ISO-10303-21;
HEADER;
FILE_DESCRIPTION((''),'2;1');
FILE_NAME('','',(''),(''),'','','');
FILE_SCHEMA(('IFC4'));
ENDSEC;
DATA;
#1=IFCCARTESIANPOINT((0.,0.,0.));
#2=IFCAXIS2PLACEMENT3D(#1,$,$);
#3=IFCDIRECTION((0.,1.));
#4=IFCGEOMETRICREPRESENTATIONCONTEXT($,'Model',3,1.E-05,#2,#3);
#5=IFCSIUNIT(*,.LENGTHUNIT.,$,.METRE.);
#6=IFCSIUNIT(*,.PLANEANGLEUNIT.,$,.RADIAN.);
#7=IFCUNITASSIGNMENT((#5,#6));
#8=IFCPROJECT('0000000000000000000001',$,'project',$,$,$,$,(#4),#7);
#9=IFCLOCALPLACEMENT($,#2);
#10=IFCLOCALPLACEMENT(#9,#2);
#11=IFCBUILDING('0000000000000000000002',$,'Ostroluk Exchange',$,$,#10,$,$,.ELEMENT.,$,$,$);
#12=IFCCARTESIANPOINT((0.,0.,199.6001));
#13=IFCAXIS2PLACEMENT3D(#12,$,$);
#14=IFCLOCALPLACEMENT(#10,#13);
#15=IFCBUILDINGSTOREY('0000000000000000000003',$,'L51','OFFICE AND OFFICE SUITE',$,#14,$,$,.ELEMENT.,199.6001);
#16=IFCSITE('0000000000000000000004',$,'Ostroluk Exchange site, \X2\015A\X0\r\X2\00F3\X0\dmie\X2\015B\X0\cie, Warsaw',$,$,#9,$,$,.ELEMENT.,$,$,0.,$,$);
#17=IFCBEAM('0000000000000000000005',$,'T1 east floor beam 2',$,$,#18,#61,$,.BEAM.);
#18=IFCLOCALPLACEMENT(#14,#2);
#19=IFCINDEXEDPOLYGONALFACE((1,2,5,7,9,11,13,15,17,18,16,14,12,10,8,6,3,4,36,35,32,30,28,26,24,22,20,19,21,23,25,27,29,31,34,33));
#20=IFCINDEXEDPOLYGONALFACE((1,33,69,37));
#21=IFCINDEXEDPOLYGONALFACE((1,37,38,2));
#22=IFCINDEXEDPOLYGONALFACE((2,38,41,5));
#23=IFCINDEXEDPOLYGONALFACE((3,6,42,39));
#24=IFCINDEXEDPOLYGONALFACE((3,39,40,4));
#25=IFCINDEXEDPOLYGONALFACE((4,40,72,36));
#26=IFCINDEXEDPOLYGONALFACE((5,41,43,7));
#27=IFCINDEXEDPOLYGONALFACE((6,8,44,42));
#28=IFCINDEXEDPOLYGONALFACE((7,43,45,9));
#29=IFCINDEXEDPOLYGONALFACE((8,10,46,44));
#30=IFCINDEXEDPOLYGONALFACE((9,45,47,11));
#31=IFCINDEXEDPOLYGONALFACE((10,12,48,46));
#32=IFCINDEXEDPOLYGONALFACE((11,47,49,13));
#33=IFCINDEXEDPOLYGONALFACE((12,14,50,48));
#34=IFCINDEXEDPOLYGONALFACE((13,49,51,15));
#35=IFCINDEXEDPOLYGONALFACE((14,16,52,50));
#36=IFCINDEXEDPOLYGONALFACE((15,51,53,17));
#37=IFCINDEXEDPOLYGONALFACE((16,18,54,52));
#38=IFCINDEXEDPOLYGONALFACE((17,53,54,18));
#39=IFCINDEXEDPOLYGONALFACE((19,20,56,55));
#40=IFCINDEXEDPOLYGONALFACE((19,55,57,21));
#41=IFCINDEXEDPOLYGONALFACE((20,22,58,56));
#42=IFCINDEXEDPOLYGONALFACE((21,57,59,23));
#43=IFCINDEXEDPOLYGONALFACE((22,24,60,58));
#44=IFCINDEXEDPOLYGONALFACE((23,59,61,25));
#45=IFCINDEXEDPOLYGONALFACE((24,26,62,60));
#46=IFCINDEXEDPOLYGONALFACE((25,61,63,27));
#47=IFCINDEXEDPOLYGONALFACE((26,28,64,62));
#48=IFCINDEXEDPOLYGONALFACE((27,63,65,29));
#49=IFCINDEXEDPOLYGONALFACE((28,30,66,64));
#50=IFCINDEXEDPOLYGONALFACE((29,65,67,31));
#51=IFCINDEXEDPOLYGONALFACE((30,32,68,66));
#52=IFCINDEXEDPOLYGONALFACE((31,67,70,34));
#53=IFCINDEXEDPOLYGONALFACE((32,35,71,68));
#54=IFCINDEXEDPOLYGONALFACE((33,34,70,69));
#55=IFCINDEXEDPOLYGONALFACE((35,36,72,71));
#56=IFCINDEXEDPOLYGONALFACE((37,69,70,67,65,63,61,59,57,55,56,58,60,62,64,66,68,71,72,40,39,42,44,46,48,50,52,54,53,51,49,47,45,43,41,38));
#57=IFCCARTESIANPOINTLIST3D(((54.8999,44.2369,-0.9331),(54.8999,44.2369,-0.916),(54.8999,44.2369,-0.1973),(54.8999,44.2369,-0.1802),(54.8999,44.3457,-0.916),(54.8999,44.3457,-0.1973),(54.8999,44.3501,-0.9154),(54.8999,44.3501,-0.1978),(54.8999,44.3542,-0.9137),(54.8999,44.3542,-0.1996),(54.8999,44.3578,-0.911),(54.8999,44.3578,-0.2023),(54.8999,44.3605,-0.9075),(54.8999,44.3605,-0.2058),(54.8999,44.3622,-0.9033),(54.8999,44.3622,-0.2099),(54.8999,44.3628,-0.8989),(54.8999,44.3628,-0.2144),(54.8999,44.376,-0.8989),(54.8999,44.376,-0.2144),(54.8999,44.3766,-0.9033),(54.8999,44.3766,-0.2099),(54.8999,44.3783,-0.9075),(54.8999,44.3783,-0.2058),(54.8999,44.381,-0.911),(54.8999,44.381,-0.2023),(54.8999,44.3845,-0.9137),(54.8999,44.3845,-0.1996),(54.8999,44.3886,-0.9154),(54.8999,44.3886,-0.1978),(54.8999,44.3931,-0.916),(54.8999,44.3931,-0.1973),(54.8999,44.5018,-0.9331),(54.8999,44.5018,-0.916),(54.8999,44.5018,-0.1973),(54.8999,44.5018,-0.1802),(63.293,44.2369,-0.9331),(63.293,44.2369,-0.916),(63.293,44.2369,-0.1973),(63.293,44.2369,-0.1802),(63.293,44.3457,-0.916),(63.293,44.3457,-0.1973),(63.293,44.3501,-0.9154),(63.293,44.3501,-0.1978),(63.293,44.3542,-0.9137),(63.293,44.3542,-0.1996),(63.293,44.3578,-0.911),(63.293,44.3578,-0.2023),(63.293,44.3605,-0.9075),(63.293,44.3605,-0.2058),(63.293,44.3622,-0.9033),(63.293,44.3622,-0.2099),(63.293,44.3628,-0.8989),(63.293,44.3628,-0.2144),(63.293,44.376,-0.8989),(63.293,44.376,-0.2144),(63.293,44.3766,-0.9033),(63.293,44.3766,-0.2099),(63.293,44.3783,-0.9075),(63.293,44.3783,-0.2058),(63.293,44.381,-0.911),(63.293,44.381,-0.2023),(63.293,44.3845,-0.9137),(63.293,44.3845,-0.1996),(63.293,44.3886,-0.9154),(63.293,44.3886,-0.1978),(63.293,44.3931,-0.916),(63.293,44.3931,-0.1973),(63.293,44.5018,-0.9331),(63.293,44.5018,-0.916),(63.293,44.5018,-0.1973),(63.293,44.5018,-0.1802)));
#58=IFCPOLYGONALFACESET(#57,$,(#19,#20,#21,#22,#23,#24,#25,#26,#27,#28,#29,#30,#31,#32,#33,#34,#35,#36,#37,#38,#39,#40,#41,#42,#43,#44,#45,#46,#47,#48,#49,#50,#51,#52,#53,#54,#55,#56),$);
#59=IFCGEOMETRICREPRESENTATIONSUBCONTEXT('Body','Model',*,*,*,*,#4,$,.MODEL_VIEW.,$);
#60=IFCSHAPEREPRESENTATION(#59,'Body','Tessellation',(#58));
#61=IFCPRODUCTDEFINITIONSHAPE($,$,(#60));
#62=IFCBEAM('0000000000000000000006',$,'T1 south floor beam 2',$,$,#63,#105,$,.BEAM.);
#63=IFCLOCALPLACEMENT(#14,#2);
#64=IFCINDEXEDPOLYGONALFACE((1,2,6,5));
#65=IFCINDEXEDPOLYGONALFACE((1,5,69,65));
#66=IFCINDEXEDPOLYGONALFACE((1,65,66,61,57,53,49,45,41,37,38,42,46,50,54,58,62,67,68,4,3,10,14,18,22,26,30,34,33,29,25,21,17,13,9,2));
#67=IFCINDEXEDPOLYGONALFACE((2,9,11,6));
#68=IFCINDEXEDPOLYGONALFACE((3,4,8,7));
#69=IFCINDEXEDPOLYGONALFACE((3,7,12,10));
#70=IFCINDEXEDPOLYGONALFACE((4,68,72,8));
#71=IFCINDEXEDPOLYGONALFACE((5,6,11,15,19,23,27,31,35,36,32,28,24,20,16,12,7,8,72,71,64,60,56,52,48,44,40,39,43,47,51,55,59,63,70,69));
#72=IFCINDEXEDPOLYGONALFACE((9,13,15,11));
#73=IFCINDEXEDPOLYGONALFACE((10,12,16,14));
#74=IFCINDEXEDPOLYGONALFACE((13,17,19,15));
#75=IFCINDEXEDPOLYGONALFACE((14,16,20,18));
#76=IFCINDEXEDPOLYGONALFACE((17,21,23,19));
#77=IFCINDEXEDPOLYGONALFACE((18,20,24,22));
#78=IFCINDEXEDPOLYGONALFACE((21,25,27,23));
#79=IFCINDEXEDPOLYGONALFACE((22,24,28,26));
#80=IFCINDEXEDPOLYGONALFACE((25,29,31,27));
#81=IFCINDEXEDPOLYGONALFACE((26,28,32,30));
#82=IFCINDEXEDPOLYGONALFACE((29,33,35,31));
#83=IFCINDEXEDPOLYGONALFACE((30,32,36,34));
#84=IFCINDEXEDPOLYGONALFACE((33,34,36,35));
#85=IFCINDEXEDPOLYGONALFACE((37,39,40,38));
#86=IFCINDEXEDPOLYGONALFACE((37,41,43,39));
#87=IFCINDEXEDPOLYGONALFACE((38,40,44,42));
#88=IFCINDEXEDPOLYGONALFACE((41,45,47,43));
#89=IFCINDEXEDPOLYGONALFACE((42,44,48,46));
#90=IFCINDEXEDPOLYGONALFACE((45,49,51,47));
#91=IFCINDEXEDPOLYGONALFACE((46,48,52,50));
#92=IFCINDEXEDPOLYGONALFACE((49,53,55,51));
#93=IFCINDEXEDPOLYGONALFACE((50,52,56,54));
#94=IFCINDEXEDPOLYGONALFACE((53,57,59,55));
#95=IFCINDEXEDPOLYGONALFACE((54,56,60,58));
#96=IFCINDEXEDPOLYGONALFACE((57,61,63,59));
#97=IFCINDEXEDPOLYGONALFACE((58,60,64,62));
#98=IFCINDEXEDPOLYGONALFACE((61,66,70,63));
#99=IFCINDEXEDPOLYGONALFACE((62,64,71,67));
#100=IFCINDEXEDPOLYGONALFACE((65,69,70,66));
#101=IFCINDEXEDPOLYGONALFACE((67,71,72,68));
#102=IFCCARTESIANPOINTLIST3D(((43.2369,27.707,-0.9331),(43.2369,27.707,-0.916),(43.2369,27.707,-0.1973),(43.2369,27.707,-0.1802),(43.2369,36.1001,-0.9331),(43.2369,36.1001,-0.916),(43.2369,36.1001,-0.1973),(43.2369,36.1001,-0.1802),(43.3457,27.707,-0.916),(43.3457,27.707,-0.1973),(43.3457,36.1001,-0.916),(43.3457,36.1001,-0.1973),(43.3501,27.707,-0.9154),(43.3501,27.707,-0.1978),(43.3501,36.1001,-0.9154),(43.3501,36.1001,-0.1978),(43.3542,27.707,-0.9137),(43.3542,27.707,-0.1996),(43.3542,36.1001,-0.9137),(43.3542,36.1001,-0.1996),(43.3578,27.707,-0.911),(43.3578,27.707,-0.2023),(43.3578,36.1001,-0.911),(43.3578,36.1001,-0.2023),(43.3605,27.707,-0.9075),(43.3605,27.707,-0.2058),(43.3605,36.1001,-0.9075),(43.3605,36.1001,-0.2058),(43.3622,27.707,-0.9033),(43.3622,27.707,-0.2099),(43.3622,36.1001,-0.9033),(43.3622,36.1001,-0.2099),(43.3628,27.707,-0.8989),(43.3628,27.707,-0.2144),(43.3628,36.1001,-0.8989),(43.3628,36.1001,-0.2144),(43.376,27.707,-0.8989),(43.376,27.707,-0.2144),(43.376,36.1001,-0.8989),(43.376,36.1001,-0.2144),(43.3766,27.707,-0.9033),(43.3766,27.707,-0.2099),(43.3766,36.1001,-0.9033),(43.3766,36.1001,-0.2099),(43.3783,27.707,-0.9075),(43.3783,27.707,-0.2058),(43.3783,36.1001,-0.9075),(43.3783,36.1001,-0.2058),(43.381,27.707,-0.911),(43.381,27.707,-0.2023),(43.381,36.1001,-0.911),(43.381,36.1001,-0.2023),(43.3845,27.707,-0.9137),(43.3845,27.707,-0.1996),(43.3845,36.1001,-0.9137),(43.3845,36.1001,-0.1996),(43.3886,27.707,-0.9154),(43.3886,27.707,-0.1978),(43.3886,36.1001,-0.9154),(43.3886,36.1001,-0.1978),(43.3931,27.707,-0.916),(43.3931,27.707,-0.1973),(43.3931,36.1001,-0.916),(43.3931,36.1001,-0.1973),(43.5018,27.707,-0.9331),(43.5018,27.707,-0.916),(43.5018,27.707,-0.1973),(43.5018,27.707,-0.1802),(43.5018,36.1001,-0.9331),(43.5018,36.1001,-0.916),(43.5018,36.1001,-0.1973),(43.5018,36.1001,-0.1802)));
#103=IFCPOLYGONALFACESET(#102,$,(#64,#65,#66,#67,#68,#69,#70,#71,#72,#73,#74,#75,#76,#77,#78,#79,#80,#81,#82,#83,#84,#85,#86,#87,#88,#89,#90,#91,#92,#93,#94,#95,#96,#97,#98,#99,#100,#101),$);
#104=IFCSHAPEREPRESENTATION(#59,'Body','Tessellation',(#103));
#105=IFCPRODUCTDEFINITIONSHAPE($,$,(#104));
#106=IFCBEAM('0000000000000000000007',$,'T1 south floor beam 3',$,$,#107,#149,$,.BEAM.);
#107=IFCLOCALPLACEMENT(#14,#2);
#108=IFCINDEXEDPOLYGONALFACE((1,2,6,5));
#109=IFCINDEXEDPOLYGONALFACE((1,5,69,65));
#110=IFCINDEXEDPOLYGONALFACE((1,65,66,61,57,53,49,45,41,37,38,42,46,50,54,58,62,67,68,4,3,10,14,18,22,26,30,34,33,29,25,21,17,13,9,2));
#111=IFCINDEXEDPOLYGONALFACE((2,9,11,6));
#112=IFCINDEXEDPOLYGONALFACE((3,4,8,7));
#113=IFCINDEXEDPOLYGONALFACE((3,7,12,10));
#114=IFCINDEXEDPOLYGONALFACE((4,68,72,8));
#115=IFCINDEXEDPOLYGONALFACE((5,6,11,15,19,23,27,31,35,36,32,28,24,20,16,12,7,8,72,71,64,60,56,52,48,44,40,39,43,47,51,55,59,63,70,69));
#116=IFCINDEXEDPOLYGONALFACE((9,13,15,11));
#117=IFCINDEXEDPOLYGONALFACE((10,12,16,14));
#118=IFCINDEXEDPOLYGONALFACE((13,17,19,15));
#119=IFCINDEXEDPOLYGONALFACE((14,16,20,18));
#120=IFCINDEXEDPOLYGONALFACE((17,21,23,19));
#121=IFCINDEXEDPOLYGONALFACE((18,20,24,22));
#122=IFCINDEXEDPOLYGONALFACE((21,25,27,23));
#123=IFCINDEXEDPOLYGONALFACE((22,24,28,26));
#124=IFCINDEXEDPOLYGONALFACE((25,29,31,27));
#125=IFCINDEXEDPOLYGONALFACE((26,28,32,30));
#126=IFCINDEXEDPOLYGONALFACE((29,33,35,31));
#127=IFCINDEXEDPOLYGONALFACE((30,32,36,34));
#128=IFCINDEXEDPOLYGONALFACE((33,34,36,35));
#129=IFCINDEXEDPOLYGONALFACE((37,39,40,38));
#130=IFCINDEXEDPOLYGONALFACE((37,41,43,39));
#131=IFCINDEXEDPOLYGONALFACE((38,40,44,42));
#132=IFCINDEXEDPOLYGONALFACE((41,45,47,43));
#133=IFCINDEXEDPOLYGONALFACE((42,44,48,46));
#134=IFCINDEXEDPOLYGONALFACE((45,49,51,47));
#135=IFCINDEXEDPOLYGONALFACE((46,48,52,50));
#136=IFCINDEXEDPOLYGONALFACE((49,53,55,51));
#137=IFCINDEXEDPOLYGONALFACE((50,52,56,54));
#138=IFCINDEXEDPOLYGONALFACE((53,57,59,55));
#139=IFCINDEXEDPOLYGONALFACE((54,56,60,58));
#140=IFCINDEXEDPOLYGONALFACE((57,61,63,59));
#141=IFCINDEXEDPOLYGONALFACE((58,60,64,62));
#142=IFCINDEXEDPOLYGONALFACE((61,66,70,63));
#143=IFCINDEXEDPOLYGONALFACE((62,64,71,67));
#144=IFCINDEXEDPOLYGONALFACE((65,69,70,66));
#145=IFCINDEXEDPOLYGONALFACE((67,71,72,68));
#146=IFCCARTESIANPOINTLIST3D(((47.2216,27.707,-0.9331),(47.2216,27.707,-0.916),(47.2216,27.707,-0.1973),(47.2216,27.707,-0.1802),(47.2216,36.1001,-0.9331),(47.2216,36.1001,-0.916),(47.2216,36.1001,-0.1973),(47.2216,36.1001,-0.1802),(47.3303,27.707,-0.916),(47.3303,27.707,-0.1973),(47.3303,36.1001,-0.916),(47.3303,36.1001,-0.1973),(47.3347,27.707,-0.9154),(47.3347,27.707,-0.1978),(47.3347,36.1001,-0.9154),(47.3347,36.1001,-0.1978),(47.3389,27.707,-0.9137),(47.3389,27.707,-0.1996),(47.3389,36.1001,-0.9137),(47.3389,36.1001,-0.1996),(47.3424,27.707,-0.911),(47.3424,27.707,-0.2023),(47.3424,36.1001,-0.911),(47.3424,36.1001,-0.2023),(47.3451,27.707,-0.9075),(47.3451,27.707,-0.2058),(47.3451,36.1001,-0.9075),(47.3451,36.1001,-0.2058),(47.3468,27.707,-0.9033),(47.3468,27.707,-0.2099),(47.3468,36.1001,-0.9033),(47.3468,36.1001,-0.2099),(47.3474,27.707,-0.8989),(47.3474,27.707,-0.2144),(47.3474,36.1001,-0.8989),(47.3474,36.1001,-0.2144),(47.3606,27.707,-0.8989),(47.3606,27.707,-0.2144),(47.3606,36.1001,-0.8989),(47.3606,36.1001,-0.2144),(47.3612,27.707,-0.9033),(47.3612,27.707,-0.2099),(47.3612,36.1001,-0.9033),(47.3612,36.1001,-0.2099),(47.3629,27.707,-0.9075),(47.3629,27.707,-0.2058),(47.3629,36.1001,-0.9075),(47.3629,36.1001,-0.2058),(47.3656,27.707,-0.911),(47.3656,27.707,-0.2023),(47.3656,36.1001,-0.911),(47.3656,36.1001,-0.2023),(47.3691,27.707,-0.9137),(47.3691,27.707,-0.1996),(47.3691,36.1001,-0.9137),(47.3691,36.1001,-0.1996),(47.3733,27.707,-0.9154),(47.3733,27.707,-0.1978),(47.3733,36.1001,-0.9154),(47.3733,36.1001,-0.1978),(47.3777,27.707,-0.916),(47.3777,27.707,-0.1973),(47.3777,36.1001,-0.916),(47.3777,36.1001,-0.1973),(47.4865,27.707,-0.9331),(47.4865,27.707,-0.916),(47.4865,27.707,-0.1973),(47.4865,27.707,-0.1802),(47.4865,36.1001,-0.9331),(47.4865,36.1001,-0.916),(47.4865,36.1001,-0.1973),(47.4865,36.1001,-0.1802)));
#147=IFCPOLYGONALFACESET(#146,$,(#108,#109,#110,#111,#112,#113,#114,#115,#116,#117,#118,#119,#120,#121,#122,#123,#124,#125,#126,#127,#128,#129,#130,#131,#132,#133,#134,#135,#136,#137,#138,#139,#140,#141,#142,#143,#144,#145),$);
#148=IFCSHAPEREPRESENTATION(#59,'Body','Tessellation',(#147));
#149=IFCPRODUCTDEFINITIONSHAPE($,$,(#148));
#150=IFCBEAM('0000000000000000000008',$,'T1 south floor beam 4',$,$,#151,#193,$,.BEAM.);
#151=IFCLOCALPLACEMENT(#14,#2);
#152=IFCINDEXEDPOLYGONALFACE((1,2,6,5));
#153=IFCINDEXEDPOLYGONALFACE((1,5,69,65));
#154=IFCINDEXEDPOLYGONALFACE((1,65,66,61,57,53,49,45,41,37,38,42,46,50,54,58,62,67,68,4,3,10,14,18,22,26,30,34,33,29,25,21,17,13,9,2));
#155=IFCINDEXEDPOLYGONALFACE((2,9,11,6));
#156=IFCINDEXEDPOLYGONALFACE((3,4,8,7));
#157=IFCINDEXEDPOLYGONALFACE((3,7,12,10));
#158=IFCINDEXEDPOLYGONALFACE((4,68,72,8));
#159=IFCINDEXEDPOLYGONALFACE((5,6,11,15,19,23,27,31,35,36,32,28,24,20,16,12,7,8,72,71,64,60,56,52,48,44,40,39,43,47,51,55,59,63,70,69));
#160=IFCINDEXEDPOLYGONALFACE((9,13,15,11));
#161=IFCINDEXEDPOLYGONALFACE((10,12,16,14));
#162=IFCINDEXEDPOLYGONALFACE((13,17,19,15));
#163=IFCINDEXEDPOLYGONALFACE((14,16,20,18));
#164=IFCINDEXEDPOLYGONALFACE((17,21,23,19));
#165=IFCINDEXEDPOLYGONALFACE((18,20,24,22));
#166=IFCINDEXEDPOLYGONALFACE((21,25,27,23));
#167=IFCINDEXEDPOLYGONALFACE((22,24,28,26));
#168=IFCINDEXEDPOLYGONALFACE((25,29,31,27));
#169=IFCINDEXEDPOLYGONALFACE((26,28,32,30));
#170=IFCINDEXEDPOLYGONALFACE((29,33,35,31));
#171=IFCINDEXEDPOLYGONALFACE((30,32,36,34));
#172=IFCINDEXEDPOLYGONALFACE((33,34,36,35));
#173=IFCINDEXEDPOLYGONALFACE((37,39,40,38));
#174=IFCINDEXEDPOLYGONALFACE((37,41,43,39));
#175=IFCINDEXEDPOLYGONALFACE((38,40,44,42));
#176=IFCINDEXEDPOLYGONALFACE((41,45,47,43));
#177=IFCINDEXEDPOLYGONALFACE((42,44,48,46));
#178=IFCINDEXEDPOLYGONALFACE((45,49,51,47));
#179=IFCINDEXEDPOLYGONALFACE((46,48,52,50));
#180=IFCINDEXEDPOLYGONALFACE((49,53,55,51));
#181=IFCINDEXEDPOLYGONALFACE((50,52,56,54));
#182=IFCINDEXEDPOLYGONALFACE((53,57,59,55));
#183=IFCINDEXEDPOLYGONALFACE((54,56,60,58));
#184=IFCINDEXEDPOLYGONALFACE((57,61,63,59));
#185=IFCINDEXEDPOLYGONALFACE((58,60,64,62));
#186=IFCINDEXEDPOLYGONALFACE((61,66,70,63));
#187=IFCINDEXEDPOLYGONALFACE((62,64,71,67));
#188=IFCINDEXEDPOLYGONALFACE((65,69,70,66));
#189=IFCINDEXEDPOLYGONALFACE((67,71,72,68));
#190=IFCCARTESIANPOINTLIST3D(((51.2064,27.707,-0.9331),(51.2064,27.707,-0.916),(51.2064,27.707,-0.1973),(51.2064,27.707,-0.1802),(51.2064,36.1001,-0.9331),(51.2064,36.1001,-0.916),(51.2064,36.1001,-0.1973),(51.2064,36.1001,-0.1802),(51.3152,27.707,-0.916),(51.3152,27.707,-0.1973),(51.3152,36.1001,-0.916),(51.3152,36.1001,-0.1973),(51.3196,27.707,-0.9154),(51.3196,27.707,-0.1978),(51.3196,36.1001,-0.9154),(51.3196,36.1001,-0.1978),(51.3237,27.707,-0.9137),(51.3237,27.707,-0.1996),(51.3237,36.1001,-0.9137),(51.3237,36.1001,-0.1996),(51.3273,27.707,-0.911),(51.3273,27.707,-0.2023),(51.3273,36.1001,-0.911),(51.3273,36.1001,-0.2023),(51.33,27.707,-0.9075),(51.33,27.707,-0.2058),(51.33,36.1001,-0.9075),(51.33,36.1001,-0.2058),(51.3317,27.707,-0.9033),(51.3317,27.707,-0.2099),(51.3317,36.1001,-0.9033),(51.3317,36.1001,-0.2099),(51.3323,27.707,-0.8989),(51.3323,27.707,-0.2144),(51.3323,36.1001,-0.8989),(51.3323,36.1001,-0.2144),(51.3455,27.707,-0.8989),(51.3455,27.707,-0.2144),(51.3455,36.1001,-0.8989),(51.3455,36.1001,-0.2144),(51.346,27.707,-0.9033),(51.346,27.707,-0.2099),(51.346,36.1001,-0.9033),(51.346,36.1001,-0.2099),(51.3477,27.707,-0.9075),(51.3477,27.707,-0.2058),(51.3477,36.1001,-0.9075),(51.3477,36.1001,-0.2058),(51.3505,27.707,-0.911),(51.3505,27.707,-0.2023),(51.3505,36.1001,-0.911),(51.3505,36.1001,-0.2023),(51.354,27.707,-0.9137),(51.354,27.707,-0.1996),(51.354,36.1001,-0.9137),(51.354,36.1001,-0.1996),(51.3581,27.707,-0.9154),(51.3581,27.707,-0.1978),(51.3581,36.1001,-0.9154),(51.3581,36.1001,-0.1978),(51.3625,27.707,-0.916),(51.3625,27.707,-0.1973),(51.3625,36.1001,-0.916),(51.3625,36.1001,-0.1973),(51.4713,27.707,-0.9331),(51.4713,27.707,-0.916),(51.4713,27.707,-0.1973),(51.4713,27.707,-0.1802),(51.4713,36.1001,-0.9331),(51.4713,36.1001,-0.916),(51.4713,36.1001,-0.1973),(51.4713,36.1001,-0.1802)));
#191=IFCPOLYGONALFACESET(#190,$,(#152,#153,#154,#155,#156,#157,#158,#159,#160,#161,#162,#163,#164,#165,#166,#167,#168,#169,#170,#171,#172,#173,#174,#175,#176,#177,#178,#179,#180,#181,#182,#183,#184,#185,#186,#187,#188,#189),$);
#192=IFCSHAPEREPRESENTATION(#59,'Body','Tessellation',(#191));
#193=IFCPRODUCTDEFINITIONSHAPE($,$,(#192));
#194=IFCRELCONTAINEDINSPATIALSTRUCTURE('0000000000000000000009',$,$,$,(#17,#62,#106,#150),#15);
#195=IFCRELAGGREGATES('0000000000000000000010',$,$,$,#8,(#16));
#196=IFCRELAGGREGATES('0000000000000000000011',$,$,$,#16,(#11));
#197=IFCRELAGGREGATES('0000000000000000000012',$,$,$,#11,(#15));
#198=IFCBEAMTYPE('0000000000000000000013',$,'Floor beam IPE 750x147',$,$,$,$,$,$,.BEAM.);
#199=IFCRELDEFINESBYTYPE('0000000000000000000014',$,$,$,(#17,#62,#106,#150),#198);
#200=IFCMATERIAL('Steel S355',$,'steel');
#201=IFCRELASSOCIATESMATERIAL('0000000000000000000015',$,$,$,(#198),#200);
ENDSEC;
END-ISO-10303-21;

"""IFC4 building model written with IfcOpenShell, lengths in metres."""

from ifc_helpers import new_model, si_unit, direction, frame, origin, origin_2d, place, context, subcontext, project, spatial, i_section, extrude, material, material_profile, profile_set, type_object, element, save


model = new_model("IFC4")

# Units and contexts
model_context = context("Model", 3, precision=1e-05, world=origin(), true_north=direction((0.0, 1.0)))
body_context = subcontext(model_context, "Body", "Model", "MODEL_VIEW")
ifc_project = project(units=[si_unit("LENGTHUNIT", "METRE"), si_unit("PLANEANGLEUNIT", "RADIAN")], contexts=[model_context])

# Site, building, storey
site_placement = place(None, origin())
site = spatial("IfcSite", under=ifc_project, at=site_placement, Name="Ostroluk Exchange site, Śródmieście, Warsaw", CompositionType="ELEMENT", RefElevation=0.0)
building_placement = place(site_placement, origin())
building = spatial("IfcBuilding", under=site, at=building_placement, Name="Ostroluk Exchange", CompositionType="ELEMENT")
storey_placement = place(building_placement, frame((0.0, 0.0, 199.6001)))
storey = spatial("IfcBuildingStorey", under=building, at=storey_placement, Name="L51", Description="OFFICE AND OFFICE SUITE", CompositionType="ELEMENT", Elevation=199.6001)

# Beams
ifc_material_1 = material(Name="Steel S355", Category="steel")
ifc_material_profile_1 = material_profile(ifc_material_1, i_section(OverallWidth=0.2649, OverallDepth=0.7529, WebThickness=0.0132, FlangeThickness=0.0171, FilletRadius=0.0171, at=origin_2d()), Name="IPE 750x147")
ifc_profile_set_1 = profile_set([ifc_material_profile_1], Name="Steel S355")
beam_type_1 = type_object("IfcBeamType", Name="Floor beam IPE 750x147", PredefinedType="BEAM", material=ifc_profile_set_1)
for number, where, z_axis, x_axis, name in (
    (1, (54.8999, 44.3694, -0.5566), (1.0, 0.0, 0.0), (0.0, 1.0, 0.0), "T1 east floor beam 2"),
    (2, (43.3694, 36.1001, -0.5566), (0.0, -1.0, 0.0), (1.0, 0.0, 0.0), "T1 south floor beam 2"),
    (3, (47.354, 36.1001, -0.5566), (0.0, -1.0, 0.0), (1.0, 0.0, 0.0), "T1 south floor beam 3"),
    (4, (51.3389, 36.1001, -0.5566), (0.0, -1.0, 0.0), (1.0, 0.0, 0.0), "T1 south floor beam 4"),
):
    element("IfcBeam", number, at=place(storey_placement, frame(where, z_axis=z_axis, x_axis=x_axis)), inside=storey, type_object=beam_type_1, Name=name, PredefinedType="BEAM", context=body_context, shape_type="SweptSolid", body=[
        extrude(i_section(OverallWidth=0.2649, OverallDepth=0.7529, WebThickness=0.0132, FlangeThickness=0.0171, FilletRadius=0.0171, at=origin_2d()), origin(), (0.0, 0.0, 1.0), 8.3931),
    ])

save(model, "model.ifc")
